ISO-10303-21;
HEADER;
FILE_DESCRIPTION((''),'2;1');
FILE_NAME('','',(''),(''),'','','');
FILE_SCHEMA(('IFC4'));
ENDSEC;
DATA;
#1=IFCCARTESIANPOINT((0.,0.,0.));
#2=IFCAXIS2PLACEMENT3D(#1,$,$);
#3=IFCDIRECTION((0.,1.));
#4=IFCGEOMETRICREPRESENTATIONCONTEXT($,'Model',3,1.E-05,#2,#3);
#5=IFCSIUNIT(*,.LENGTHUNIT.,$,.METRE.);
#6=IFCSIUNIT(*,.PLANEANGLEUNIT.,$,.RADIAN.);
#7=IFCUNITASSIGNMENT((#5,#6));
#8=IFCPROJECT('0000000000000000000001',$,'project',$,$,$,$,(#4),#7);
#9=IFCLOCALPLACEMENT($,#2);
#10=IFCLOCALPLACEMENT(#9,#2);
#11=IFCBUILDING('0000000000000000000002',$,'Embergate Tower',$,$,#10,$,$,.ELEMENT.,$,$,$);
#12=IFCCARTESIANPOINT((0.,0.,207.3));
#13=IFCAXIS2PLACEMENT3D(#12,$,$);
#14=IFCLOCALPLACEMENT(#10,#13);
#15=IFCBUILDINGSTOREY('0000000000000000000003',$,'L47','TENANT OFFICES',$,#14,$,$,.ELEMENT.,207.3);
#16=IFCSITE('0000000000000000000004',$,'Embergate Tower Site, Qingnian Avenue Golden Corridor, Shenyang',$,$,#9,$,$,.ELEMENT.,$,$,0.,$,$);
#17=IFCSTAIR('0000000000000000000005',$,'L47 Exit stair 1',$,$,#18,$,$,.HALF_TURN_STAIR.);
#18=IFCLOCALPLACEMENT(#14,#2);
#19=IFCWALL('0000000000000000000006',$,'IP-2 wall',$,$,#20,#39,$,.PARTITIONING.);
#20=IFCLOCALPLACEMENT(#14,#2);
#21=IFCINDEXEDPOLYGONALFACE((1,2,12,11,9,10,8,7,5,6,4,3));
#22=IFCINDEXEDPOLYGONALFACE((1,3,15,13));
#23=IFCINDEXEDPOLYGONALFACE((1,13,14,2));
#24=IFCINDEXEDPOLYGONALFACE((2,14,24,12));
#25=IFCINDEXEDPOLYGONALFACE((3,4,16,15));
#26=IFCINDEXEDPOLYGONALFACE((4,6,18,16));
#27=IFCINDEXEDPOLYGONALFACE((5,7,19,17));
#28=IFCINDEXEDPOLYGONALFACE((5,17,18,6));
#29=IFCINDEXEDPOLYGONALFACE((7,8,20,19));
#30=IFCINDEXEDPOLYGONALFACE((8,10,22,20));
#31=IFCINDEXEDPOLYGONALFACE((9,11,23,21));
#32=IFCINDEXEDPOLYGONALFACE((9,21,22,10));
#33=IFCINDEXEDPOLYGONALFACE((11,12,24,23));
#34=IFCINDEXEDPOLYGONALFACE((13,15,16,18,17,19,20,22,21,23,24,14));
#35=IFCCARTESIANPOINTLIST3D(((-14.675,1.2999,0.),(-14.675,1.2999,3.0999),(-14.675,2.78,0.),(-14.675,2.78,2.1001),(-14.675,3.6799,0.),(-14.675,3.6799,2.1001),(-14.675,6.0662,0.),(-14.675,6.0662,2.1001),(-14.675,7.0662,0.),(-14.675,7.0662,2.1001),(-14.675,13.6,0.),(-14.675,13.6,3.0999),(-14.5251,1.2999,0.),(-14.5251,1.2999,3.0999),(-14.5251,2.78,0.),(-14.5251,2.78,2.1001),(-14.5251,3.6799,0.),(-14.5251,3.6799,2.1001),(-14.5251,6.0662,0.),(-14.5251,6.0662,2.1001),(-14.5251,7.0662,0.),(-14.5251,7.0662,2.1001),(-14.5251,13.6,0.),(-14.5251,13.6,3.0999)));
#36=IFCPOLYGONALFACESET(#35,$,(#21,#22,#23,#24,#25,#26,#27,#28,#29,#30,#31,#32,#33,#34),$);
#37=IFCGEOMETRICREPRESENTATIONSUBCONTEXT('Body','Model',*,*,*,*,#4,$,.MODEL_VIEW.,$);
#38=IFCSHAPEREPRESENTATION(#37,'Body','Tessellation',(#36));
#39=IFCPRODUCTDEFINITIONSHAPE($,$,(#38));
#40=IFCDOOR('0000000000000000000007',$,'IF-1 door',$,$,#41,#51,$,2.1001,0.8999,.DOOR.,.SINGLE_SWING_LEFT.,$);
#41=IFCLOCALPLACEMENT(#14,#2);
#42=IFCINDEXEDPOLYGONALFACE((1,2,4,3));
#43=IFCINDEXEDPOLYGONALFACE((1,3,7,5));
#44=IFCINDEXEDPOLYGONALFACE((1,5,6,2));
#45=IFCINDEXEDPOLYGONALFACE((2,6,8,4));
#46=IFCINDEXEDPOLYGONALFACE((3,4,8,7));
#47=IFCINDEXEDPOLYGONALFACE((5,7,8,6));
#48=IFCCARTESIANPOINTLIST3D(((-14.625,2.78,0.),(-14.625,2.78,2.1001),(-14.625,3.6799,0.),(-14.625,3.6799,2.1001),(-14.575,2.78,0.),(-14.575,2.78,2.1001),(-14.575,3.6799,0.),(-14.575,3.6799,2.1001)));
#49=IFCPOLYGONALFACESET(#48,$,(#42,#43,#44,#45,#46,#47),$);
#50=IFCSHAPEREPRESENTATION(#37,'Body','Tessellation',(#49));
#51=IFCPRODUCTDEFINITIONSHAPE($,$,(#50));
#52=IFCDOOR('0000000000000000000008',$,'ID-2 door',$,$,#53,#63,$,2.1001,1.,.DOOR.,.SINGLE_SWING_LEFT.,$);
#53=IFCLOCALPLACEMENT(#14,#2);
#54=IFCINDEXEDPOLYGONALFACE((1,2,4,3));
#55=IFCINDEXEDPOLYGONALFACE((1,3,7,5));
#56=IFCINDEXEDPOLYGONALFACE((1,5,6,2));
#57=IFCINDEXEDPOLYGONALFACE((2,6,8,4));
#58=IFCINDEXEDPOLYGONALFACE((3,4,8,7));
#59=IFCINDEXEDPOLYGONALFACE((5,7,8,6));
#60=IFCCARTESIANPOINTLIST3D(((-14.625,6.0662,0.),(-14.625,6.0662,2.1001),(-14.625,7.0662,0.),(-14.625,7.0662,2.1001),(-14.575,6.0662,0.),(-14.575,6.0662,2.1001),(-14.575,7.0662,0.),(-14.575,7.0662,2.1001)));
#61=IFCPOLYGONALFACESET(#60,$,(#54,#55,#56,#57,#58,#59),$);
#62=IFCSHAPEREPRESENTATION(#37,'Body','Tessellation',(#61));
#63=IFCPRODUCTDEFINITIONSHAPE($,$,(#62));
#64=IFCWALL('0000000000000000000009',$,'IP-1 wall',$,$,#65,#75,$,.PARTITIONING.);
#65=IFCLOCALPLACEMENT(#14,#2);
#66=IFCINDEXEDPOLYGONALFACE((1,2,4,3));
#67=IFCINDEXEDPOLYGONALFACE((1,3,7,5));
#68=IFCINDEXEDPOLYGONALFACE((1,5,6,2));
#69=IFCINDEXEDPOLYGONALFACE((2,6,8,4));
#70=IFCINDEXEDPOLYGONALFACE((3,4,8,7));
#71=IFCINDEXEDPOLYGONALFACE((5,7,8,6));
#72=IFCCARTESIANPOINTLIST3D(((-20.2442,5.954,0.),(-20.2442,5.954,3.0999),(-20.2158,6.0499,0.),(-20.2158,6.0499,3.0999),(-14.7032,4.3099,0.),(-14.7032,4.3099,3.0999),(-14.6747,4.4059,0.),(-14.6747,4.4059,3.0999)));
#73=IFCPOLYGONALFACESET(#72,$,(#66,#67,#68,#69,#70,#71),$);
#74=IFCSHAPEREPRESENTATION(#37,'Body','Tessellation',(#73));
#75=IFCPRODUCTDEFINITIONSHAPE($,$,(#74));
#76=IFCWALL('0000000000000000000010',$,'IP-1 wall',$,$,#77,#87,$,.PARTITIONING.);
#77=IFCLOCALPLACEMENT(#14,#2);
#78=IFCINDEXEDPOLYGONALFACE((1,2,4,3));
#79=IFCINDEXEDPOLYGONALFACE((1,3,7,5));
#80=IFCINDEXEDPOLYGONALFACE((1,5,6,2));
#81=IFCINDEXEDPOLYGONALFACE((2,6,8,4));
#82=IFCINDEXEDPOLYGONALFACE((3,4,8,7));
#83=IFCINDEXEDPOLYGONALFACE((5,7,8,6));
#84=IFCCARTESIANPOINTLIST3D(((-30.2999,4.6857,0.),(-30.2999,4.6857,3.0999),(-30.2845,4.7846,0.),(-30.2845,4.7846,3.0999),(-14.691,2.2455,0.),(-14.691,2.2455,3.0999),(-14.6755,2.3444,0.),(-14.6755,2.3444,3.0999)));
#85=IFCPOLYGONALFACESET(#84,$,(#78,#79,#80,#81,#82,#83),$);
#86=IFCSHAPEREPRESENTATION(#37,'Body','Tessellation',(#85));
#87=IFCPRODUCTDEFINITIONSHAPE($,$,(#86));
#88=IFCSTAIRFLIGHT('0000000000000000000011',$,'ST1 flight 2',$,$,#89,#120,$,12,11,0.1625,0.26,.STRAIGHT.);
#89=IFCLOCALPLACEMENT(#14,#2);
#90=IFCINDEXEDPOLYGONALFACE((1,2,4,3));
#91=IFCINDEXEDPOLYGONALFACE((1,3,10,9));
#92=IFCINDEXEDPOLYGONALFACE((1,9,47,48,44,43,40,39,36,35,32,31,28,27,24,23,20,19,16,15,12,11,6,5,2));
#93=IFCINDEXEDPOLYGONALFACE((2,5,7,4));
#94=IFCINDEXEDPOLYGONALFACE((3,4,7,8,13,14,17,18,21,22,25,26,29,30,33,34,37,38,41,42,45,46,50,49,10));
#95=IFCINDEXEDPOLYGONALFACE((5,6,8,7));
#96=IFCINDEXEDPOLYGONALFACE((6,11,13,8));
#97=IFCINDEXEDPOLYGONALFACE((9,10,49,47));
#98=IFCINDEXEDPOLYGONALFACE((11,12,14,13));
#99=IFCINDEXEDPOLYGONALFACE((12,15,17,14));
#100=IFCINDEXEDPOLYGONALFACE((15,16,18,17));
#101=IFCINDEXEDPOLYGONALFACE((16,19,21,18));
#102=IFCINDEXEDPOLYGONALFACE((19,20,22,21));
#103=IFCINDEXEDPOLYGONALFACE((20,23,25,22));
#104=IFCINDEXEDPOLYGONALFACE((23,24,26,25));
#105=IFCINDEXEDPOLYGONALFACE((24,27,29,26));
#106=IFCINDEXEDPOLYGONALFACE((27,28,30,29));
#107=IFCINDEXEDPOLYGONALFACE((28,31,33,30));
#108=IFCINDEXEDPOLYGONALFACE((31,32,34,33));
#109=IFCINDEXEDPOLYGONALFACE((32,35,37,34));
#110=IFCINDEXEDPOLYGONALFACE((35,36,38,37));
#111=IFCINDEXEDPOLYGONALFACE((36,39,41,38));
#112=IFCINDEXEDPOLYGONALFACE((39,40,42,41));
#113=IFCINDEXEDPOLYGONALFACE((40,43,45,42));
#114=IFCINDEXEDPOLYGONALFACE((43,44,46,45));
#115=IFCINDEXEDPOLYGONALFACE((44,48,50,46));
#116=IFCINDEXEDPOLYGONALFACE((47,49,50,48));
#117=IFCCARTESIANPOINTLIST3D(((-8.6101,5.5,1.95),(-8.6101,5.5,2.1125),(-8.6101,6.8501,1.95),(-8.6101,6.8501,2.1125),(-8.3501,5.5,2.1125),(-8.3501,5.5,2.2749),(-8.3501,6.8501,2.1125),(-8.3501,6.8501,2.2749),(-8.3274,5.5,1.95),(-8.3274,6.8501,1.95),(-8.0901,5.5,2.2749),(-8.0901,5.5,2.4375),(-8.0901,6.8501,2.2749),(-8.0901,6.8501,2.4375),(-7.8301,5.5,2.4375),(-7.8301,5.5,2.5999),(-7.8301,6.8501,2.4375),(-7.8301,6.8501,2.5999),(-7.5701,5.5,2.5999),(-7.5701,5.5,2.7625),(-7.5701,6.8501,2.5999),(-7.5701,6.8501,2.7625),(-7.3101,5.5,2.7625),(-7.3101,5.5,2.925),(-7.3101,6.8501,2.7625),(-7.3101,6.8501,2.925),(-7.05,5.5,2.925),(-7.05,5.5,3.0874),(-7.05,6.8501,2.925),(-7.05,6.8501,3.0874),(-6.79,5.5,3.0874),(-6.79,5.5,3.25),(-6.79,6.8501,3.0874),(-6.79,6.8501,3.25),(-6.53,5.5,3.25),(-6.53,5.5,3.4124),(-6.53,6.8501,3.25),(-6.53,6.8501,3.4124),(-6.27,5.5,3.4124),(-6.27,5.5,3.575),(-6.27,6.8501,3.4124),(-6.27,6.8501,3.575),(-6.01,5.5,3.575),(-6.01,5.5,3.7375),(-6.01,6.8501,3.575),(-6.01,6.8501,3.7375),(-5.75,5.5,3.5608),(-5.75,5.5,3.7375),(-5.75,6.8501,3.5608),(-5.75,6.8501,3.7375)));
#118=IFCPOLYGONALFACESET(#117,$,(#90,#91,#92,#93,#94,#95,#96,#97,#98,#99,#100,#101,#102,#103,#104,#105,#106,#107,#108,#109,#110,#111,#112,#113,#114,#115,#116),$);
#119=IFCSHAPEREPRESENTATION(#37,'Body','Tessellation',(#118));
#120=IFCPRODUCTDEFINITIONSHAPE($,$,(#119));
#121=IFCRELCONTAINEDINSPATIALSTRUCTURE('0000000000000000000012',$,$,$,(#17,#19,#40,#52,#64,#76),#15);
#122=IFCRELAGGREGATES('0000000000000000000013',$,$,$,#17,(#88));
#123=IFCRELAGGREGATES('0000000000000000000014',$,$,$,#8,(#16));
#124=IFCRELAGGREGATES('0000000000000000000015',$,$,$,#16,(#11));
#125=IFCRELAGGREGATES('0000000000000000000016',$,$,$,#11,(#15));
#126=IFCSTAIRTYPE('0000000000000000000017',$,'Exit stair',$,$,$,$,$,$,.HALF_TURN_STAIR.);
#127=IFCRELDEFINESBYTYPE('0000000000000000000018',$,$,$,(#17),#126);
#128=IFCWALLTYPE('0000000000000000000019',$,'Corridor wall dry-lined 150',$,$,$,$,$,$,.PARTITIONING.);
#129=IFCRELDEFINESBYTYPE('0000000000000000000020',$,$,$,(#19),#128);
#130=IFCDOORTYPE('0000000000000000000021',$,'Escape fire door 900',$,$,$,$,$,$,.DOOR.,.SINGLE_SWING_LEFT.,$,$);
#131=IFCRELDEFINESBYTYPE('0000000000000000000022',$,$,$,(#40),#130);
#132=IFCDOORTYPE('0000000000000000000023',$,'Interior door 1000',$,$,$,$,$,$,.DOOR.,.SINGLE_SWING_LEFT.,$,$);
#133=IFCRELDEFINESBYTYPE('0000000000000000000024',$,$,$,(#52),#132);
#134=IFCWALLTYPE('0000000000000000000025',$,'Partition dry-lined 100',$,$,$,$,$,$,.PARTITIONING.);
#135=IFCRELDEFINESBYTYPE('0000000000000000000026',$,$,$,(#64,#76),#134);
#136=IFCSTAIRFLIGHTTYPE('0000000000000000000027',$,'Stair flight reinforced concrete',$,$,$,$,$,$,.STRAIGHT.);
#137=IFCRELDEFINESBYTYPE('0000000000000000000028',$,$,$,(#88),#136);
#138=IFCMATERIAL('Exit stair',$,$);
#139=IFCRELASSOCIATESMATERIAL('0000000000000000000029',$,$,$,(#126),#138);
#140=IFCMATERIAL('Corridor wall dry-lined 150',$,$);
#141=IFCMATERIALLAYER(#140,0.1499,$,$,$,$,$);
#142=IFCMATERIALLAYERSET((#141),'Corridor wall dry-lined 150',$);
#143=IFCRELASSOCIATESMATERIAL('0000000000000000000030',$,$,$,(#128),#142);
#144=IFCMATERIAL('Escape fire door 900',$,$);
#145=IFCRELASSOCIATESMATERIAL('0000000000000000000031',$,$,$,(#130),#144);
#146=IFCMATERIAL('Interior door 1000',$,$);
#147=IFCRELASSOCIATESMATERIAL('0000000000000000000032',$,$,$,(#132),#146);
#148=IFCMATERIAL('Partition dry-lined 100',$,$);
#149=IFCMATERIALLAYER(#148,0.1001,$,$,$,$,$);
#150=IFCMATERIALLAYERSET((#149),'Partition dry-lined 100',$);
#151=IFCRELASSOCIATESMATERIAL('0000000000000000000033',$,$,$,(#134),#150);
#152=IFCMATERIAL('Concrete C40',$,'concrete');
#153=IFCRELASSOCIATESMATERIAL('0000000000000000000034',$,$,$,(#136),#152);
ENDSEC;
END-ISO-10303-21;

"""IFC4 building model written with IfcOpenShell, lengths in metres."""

from ifc_helpers import new_model, si_unit, direction, frame, frame_2d, origin, place, context, subcontext, project, spatial, polyline, rectangle, outline, extrude, source, transform, mapped, material, layer, layer_set, type_object, element, fill, aggregate, save


model = new_model("IFC4")

# Units and contexts
model_context = context("Model", 3, precision=1e-05, world=origin(), true_north=direction((0.0, 1.0)))
body_context = subcontext(model_context, "Body", "Model", "MODEL_VIEW")
ifc_project = project(units=[si_unit("LENGTHUNIT", "METRE"), si_unit("PLANEANGLEUNIT", "RADIAN")], contexts=[model_context])

# Site, building, storey
site_placement = place(None, origin())
site = spatial("IfcSite", under=ifc_project, at=site_placement, Name="Embergate Tower Site, Qingnian Avenue Golden Corridor, Shenyang", CompositionType="ELEMENT", RefElevation=0.0)
building_placement = place(site_placement, origin())
building = spatial("IfcBuilding", under=site, at=building_placement, Name="Embergate Tower", CompositionType="ELEMENT")
storey_placement = place(building_placement, frame((0.0, 0.0, 207.3)))
storey = spatial("IfcBuildingStorey", under=building, at=storey_placement, Name="L47", Description="TENANT OFFICES", CompositionType="ELEMENT", Elevation=207.3)

# Stair
ifc_material_1 = material(Name="Exit stair")
stair_type = type_object("IfcStairType", Name="Exit stair", PredefinedType="HALF_TURN_STAIR", material=ifc_material_1)
stair_placement = place(storey_placement, origin())
stair = element("IfcStair", 1, at=stair_placement, inside=storey, type_object=stair_type, Name="L47 Exit stair 1", PredefinedType="HALF_TURN_STAIR")
ifc_material_2 = material(Name="Concrete C40", Category="concrete")

# Shared definitions
ifc_material_3 = material(Name="Corridor wall dry-lined 150")
ifc_layer_1 = layer(ifc_material_3, 0.1499)
ifc_layer_set_1 = layer_set([ifc_layer_1], Name="Corridor wall dry-lined 150")
wall_type_1 = type_object("IfcWallType", Name="Corridor wall dry-lined 150", PredefinedType="PARTITIONING", material=ifc_layer_set_1)
shared_shape_1 = source(origin(), body_context, "Body", "SweptSolid", [
    extrude(rectangle(XDim=0.8999, YDim=2.1001, at=frame_2d((0.45, 1.05))), frame((0.0, 0.085, 0.0), z_axis=(0.0, -1.0, 0.0), x_axis=(1.0, 0.0, 0.0)), (0.0, 0.0, 1.0), 0.1699),
])
ifc_material_4 = material(Name="Escape fire door 900")
door_type_1 = type_object("IfcDoorType", Name="Escape fire door 900", OperationType="SINGLE_SWING_LEFT", PredefinedType="DOOR", material=ifc_material_4)
shared_shape_2 = source(origin(), body_context, "Body", "SweptSolid", [
    extrude(rectangle(XDim=0.8999, YDim=2.1001, at=frame_2d((0.45, 1.05))), frame((0.0, 0.0249, 0.0), z_axis=(0.0, -1.0, 0.0), x_axis=(1.0, 0.0, 0.0)), (0.0, 0.0, 1.0), 0.05),
])

# Wall, openings, doors
shared_shape_3 = source(origin(), body_context, "Body", "SweptSolid", [
    extrude(rectangle(XDim=12.3, YDim=0.1499, at=frame_2d((6.1499, 0.0))), origin(), (0.0, 0.0, 1.0), 3.0999),
])
wall_1_placement = place(storey_placement, frame((-14.6001, 1.3, 0.0), z_axis=(0.0, 0.0, 1.0), x_axis=(0.0, 1.0, 0.0)))
wall_1 = element("IfcWall", 2, at=wall_1_placement, inside=storey, type_object=wall_type_1, Name="IP-2 wall", PredefinedType="PARTITIONING", context=body_context, shape_type="MappedRepresentation", body=[
    mapped(shared_shape_3, transform((0.0, 0.0, 0.0))),
])
shared_shape_4 = source(origin(), body_context, "Body", "SweptSolid", [
    extrude(rectangle(XDim=1.0, YDim=2.1001, at=frame_2d((0.5, 1.05))), frame((0.0, 0.085, 0.0), z_axis=(0.0, -1.0, 0.0), x_axis=(1.0, 0.0, 0.0)), (0.0, 0.0, 1.0), 0.1699),
])
opening_1_placement = place(wall_1_placement, frame((4.7661, 0.0, 0.0)))
opening_1 = element("IfcOpeningElement", 3, at=opening_1_placement, cuts=wall_1, PredefinedType="OPENING", context=body_context, shape_type="MappedRepresentation", body=[
    mapped(shared_shape_4, transform((0.0, 0.0, 0.0))),
])
opening_2_placement = place(wall_1_placement, frame((1.48, 0.0, 0.0)))
opening_2 = element("IfcOpeningElement", 4, at=opening_2_placement, cuts=wall_1, PredefinedType="OPENING", context=body_context, shape_type="MappedRepresentation", body=[
    mapped(shared_shape_1, transform((0.0, 0.0, 0.0))),
])
door_1_placement = place(opening_2_placement, origin())
door_1 = element("IfcDoor", 5, at=door_1_placement, inside=storey, type_object=door_type_1, Name="IF-1 door", OperationType="SINGLE_SWING_LEFT", OverallHeight=2.1001, OverallWidth=0.8999, PredefinedType="DOOR", context=body_context, shape_type="MappedRepresentation", body=[
    mapped(shared_shape_2, transform((0.0, 0.0, 0.0))),
])
fill(opening_2, door_1)
ifc_material_5 = material(Name="Interior door 1000")
door_type_2 = type_object("IfcDoorType", Name="Interior door 1000", OperationType="SINGLE_SWING_LEFT", PredefinedType="DOOR", material=ifc_material_5)
shared_shape_5 = source(origin(), body_context, "Body", "SweptSolid", [
    extrude(rectangle(XDim=1.0, YDim=2.1001, at=frame_2d((0.5, 1.05))), frame((0.0, 0.0249, 0.0), z_axis=(0.0, -1.0, 0.0), x_axis=(1.0, 0.0, 0.0)), (0.0, 0.0, 1.0), 0.05),
])
door_2_placement = place(opening_1_placement, origin())
door_2 = element("IfcDoor", 6, at=door_2_placement, inside=storey, type_object=door_type_2, Name="ID-2 door", OperationType="SINGLE_SWING_LEFT", OverallHeight=2.1001, OverallWidth=1.0, PredefinedType="DOOR", context=body_context, shape_type="MappedRepresentation", body=[
    mapped(shared_shape_5, transform((0.0, 0.0, 0.0))),
])
fill(opening_1, door_2)

# Walls
ifc_material_6 = material(Name="Partition dry-lined 100")
ifc_layer_2 = layer(ifc_material_6, 0.1001)
ifc_layer_set_2 = layer_set([ifc_layer_2], Name="Partition dry-lined 100")
wall_type_2 = type_object("IfcWallType", Name="Partition dry-lined 100", PredefinedType="PARTITIONING", material=ifc_layer_set_2)
shared_shape_6 = source(origin(), body_context, "Body", "SweptSolid", [
    extrude(rectangle(XDim=5.7798, YDim=0.1001, at=frame_2d((2.8899, 0.0))), origin(), (0.0, 0.0, 1.0), 3.0999),
])
wall_2_placement = place(storey_placement, frame((-14.689, 4.3579, 0.0), z_axis=(0.0, 0.0, 1.0), x_axis=(-0.958692, 0.284448, 0.0)))
element("IfcWall", 7, at=wall_2_placement, inside=storey, type_object=wall_type_2, Name="IP-1 wall", PredefinedType="PARTITIONING", context=body_context, shape_type="MappedRepresentation", body=[
    mapped(shared_shape_6, transform((0.0, 0.0, 0.0))),
])
shared_shape_7 = source(origin(), body_context, "Body", "SweptSolid", [
    extrude(rectangle(XDim=15.7986, YDim=0.1001, at=frame_2d((7.8994, 0.0))), origin(), (0.0, 0.0, 1.0), 3.0999),
])
wall_3_placement = place(storey_placement, frame((-14.6831, 2.2949, 0.0), z_axis=(0.0, 0.0, 1.0), x_axis=(-0.988, 0.154457, 0.0)))
element("IfcWall", 8, at=wall_3_placement, inside=storey, type_object=wall_type_2, Name="IP-1 wall", PredefinedType="PARTITIONING", context=body_context, shape_type="MappedRepresentation", body=[
    mapped(shared_shape_7, transform((0.0, 0.0, 0.0))),
])

# Stair flight
stair_flight_type = type_object("IfcStairFlightType", Name="Stair flight reinforced concrete", PredefinedType="STRAIGHT", material=ifc_material_2)
shared_shape_8 = source(origin(), body_context, "Body", "SweptSolid", [
    extrude(outline(polyline([(0.0, 0.0), (0.0, 0.1626), (0.26, 0.1626), (0.26, 0.325), (0.52, 0.325), (0.52, 0.4875), (0.78, 0.4875), (0.78, 0.6499), (1.04, 0.6499), (1.04, 0.8125), (1.3, 0.8125), (1.3, 0.9751), (1.5601, 0.9751), (1.5601, 1.1375), (1.8201, 1.1375), (1.8201, 1.3), (2.0801, 1.3), (2.0801, 1.4624), (2.3401, 1.4624), (2.3401, 1.625), (2.6001, 1.625), (2.6001, 1.7876), (2.8601, 1.7876), (2.8601, 1.95), (2.8601, 1.6108), (0.2827, 0.0), (0.0, 0.0)])), frame((0.0, 0.675, 0.0), z_axis=(0.0, -1.0, 0.0), x_axis=(1.0, 0.0, 0.0)), (0.0, 0.0, 1.0), 1.3501),
])
stair_flight_placement = place(storey_placement, frame((-8.6101, 6.175, 1.95), z_axis=(0.0, 0.0, 1.0), x_axis=(1.0, 0.0, 0.0)))
stair_flight = element("IfcStairFlight", 9, at=stair_flight_placement, type_object=stair_flight_type, Name="ST1 flight 2", NumberOfRisers=12, NumberOfTreads=11, PredefinedType="STRAIGHT", RiserHeight=0.1625, TreadLength=0.26, context=body_context, shape_type="MappedRepresentation", body=[
    mapped(shared_shape_8, transform((0.0, 0.0, 0.0))),
])
aggregate(stair, [stair_flight])

save(model, "model.ifc")
